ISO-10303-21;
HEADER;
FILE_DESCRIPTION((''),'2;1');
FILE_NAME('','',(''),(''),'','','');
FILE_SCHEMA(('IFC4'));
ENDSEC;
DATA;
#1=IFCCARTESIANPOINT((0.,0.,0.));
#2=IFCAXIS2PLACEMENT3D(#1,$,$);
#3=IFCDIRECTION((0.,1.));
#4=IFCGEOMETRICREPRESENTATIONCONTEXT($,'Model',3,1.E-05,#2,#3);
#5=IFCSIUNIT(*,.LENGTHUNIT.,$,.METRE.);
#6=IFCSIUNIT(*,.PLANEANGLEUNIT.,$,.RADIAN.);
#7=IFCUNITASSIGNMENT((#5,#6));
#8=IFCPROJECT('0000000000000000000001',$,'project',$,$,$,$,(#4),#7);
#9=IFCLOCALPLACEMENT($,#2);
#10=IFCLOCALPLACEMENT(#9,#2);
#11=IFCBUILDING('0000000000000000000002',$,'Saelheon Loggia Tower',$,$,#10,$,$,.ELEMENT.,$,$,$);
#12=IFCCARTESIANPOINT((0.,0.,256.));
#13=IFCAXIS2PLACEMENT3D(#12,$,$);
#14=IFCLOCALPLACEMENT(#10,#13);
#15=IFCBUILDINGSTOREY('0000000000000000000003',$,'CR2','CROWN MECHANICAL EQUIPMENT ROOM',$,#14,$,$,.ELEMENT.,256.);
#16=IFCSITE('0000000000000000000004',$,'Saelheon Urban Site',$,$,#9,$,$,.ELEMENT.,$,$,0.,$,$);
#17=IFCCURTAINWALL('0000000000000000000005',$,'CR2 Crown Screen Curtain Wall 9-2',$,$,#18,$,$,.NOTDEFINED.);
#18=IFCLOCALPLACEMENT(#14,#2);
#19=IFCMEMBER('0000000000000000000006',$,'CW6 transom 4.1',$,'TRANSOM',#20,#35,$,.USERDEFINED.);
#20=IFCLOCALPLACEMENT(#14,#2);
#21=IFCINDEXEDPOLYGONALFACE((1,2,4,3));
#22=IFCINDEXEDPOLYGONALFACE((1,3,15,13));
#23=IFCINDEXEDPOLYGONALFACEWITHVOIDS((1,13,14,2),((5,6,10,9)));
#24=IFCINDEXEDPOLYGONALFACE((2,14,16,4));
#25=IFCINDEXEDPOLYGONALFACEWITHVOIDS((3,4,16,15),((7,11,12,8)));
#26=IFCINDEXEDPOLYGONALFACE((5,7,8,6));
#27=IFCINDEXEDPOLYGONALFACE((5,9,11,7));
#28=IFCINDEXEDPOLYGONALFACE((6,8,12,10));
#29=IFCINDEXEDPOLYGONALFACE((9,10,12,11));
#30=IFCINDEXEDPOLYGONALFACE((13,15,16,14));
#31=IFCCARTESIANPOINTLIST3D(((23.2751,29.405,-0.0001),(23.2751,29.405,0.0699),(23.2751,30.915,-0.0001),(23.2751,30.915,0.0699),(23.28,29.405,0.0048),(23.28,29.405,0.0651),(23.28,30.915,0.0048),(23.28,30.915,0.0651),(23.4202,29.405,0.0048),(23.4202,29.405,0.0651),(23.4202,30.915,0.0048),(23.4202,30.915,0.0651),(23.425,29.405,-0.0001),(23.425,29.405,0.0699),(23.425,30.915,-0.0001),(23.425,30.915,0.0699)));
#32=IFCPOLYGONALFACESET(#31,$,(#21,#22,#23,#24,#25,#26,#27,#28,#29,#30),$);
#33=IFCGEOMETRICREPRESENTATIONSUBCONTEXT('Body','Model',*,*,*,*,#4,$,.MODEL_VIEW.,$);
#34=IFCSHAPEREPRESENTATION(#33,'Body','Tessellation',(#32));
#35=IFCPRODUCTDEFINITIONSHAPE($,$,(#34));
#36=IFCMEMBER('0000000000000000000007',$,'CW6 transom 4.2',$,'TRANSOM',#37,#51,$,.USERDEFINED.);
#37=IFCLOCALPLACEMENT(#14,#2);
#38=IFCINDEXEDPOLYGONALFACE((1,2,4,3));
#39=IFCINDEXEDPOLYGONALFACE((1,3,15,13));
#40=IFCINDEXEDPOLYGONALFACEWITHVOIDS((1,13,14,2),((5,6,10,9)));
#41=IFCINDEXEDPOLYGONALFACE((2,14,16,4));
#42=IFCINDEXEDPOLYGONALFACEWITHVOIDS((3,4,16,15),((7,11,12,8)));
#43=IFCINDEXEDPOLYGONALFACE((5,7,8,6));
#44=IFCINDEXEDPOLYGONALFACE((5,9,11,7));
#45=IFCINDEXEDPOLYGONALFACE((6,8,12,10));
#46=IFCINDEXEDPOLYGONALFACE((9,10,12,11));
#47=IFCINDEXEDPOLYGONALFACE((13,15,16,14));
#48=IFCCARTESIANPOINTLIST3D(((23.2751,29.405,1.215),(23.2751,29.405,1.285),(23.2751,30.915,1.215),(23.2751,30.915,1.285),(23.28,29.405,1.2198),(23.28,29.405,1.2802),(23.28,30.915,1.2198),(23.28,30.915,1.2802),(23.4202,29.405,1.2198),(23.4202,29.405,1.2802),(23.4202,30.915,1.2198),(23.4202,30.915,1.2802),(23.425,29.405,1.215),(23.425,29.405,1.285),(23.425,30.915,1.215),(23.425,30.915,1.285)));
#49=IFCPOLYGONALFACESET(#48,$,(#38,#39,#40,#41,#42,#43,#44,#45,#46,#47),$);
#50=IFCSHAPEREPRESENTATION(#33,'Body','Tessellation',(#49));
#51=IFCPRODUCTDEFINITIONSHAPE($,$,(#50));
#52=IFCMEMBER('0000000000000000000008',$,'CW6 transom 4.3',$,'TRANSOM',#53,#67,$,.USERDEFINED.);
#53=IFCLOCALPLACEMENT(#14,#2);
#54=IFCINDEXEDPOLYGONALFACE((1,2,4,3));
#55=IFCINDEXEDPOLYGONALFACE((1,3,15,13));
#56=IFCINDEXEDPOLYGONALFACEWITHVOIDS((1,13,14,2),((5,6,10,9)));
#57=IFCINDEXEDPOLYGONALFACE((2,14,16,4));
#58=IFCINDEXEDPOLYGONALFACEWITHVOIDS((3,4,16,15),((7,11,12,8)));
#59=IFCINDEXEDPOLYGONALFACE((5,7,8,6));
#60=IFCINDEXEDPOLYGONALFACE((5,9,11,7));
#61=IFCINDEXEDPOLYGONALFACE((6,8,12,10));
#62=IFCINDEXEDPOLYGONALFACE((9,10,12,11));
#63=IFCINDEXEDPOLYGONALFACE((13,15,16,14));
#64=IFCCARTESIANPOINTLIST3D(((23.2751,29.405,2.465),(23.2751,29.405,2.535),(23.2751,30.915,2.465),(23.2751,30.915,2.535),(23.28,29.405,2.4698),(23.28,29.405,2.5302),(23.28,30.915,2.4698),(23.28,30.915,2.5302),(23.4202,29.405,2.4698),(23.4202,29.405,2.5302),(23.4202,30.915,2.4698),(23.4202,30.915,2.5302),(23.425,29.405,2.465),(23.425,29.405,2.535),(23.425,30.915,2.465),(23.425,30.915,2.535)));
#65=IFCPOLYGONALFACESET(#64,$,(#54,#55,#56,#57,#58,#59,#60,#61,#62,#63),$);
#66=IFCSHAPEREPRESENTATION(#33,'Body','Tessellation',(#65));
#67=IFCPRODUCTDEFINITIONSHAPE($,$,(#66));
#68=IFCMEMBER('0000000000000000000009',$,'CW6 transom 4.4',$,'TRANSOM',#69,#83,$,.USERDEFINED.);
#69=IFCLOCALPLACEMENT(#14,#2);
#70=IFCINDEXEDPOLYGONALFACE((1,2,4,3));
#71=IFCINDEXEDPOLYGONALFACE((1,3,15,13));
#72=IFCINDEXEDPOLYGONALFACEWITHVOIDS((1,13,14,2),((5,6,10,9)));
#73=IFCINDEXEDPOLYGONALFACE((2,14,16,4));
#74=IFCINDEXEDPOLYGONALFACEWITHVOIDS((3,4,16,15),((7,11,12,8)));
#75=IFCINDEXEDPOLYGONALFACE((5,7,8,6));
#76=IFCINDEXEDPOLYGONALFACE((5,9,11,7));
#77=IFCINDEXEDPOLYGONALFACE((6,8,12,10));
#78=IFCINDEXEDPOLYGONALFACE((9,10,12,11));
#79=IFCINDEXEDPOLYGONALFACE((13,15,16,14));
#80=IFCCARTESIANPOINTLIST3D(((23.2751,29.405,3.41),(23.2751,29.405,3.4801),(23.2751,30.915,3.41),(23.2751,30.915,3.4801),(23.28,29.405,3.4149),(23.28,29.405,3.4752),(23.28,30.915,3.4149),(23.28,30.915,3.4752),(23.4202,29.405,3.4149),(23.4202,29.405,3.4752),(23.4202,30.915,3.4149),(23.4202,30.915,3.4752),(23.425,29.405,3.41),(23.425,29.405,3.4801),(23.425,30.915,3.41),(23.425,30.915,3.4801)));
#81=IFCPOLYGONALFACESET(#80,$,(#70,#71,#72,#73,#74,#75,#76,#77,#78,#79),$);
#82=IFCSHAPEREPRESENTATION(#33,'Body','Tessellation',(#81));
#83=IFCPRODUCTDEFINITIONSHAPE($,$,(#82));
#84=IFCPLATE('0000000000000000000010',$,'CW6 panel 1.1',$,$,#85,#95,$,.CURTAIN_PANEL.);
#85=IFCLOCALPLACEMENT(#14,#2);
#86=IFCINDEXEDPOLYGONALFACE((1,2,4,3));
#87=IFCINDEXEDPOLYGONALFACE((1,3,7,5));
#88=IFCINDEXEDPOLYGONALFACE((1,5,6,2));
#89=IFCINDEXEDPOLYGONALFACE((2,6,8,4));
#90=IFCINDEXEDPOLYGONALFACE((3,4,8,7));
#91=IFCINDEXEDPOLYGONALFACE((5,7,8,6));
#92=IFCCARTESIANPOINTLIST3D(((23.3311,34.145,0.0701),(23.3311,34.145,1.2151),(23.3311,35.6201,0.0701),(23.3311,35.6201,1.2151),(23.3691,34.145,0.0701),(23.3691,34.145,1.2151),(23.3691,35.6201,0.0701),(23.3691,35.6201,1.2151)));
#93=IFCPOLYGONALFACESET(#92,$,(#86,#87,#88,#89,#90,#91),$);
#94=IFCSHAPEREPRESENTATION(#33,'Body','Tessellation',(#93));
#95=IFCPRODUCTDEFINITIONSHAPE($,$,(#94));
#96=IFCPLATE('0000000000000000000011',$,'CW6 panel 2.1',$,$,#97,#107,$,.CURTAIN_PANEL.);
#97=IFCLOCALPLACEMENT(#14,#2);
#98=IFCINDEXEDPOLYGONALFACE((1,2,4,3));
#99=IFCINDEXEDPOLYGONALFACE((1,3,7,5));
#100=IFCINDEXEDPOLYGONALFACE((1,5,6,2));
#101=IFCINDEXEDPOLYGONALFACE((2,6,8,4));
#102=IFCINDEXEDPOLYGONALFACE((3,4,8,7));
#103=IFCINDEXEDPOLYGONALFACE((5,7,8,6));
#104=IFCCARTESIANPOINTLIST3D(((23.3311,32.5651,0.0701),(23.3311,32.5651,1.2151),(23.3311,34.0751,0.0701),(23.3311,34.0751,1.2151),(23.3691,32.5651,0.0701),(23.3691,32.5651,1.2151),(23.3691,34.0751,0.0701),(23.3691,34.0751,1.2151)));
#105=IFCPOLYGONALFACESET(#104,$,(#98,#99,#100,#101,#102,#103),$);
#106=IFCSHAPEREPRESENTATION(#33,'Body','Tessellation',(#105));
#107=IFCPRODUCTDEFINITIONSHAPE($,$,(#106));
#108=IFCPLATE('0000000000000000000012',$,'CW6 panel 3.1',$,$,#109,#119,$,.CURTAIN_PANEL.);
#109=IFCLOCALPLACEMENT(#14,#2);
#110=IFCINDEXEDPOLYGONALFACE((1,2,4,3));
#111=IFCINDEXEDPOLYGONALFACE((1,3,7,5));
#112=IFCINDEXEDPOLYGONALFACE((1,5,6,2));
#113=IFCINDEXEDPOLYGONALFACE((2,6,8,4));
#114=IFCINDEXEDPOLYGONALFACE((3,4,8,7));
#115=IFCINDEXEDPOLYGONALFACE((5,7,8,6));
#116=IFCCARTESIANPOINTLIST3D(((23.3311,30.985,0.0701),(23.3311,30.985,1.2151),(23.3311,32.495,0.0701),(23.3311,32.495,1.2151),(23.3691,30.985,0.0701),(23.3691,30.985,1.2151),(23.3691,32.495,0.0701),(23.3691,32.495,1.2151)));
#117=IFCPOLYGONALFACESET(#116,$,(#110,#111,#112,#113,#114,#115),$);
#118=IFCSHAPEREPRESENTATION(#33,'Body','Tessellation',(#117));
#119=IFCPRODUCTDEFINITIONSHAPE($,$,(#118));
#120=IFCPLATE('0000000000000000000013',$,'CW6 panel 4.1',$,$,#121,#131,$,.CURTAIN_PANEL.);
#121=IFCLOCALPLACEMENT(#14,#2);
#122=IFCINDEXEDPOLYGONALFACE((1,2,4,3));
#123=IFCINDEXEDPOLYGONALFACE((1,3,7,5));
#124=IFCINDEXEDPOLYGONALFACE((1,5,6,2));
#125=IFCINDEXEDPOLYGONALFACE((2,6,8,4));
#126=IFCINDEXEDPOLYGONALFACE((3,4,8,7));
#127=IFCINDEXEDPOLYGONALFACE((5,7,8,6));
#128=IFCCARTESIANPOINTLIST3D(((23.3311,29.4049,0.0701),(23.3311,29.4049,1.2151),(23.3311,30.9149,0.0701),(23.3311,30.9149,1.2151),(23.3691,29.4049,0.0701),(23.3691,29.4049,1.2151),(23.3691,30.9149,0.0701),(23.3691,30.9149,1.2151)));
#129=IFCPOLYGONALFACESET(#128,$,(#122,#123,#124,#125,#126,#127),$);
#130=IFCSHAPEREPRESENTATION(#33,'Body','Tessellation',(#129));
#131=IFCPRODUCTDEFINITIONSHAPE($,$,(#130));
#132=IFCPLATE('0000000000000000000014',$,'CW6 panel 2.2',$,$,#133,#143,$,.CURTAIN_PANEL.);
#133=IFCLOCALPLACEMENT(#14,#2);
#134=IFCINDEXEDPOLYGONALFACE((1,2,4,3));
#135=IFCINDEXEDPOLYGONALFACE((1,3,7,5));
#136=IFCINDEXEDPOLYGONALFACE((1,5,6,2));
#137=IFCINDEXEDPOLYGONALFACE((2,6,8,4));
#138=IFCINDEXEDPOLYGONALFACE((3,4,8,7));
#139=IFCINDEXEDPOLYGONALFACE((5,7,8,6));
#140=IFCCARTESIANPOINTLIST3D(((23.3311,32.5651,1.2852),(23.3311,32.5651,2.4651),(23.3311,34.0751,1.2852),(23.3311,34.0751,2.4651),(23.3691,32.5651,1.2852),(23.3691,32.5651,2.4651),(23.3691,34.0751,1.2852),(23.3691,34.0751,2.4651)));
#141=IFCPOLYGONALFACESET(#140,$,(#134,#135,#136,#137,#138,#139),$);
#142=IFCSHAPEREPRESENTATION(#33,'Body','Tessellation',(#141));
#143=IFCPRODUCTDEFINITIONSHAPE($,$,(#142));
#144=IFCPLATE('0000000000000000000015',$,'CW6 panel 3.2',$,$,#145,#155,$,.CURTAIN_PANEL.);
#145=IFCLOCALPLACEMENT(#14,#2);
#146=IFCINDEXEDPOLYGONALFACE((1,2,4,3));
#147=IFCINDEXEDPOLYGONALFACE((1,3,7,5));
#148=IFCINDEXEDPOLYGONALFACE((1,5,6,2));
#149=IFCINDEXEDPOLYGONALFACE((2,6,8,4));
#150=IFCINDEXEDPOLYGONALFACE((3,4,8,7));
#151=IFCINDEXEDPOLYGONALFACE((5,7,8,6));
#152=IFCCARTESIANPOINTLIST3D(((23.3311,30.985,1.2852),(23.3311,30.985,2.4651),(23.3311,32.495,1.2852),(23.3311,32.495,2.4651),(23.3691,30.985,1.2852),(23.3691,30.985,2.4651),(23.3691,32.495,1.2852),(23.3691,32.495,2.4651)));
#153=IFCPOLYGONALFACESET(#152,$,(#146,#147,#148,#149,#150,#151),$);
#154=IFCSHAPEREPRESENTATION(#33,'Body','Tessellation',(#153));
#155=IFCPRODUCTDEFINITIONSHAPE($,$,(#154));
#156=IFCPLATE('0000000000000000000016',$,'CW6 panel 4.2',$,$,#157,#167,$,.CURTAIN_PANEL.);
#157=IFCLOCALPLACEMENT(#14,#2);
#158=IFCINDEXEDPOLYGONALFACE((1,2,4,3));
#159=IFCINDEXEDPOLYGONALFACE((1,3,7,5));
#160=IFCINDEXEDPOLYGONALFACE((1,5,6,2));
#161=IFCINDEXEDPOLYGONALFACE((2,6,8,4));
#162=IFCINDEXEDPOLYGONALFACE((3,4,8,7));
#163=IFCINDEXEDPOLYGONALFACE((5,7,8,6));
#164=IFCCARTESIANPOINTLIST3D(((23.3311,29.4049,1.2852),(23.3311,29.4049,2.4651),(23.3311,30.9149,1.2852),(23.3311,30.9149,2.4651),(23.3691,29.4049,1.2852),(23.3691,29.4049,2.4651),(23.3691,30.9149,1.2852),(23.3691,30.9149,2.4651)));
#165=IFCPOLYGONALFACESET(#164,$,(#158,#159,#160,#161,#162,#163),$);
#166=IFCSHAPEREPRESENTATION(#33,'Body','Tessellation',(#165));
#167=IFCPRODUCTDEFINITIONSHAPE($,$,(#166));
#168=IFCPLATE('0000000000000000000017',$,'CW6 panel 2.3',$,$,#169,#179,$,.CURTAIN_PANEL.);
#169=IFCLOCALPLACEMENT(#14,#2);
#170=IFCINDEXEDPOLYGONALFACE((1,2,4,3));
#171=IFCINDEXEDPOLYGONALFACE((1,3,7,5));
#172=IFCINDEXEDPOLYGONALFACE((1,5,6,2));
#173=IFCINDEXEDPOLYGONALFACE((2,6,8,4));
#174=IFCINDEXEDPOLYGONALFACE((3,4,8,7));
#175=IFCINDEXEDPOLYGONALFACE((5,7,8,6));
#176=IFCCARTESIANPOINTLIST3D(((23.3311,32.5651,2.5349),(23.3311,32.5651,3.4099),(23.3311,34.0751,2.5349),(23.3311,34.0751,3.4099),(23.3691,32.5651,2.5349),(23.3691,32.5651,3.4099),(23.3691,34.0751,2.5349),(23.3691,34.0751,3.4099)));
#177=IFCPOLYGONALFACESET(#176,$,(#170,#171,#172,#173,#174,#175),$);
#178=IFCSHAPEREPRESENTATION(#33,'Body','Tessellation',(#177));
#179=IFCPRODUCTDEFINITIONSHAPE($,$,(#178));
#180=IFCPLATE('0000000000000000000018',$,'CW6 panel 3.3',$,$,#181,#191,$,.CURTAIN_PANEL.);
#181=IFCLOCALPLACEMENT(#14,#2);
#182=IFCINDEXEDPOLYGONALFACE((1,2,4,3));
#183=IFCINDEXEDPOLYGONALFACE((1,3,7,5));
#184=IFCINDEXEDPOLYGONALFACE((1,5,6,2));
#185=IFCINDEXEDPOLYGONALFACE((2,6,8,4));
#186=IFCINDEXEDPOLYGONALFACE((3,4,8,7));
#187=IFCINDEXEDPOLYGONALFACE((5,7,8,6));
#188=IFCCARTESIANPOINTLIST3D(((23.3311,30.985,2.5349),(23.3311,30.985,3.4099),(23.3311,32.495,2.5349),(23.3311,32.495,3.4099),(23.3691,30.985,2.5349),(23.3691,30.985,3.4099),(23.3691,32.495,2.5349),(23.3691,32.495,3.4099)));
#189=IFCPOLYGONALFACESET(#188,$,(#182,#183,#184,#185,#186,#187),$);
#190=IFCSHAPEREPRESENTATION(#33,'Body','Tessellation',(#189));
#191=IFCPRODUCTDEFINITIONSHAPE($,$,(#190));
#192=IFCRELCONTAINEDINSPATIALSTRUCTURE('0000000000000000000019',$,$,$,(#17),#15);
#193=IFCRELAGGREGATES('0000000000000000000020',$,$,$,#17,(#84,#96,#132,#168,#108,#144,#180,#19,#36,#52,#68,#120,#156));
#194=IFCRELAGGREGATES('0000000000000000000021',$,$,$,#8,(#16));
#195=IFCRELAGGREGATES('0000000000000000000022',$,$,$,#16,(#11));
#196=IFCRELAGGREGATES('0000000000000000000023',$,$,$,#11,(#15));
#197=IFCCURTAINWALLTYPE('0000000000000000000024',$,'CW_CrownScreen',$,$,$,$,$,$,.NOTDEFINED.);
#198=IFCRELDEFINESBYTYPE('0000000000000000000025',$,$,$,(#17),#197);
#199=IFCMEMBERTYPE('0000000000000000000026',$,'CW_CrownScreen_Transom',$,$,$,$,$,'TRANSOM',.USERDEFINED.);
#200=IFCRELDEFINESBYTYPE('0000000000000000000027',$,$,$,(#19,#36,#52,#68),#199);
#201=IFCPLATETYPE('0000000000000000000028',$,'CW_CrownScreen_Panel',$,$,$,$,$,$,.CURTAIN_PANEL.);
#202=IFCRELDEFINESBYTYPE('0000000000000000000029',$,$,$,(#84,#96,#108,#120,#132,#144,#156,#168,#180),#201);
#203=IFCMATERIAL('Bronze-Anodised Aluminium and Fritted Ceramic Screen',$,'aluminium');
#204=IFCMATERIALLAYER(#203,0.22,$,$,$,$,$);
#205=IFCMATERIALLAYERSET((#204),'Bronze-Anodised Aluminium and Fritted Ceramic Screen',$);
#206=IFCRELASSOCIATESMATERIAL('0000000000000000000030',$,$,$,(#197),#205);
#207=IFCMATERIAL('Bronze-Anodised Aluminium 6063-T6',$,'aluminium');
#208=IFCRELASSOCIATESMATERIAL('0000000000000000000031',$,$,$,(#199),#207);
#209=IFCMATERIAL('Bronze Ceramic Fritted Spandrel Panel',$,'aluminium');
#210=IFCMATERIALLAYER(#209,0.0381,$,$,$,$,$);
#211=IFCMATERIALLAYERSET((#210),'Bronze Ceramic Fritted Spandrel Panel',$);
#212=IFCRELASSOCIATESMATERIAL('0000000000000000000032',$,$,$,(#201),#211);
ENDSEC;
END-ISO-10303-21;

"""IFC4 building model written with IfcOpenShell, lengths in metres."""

from ifc_helpers import new_model, si_unit, direction, frame, origin, origin_2d, place, context, subcontext, project, spatial, rectangle, hollow_rectangle, extrude, source, transform, mapped, material, layer, layer_set, material_profile, profile_set, type_object, element, aggregate, save


model = new_model("IFC4")

# Units and contexts
model_context = context("Model", 3, precision=1e-05, world=origin(), true_north=direction((0.0, 1.0)))
body_context = subcontext(model_context, "Body", "Model", "MODEL_VIEW")
ifc_project = project(units=[si_unit("LENGTHUNIT", "METRE"), si_unit("PLANEANGLEUNIT", "RADIAN")], contexts=[model_context])

# Site, building, storey
site_placement = place(None, origin())
site = spatial("IfcSite", under=ifc_project, at=site_placement, Name="Saelheon Urban Site", CompositionType="ELEMENT", RefElevation=0.0)
building_placement = place(site_placement, origin())
building = spatial("IfcBuilding", under=site, at=building_placement, Name="Saelheon Loggia Tower", CompositionType="ELEMENT")
storey_placement = place(building_placement, frame((0.0, 0.0, 256.0)))
storey = spatial("IfcBuildingStorey", under=building, at=storey_placement, Name="CR2", Description="CROWN MECHANICAL EQUIPMENT ROOM", CompositionType="ELEMENT", Elevation=256.0)

# Curtain wall, members, plates
ifc_material_1 = material(Name="Bronze-Anodised Aluminium and Fritted Ceramic Screen", Category="aluminium")
ifc_layer_1 = layer(ifc_material_1, 0.22)
ifc_layer_set_1 = layer_set([ifc_layer_1], Name="Bronze-Anodised Aluminium and Fritted Ceramic Screen")
curtain_wall_type = type_object("IfcCurtainWallType", Name="CW_CrownScreen", PredefinedType="NOTDEFINED", material=ifc_layer_set_1)
curtain_wall_placement = place(storey_placement, origin())
curtain_wall = element("IfcCurtainWall", 1, at=curtain_wall_placement, inside=storey, type_object=curtain_wall_type, Name="CR2 Crown Screen Curtain Wall 9-2", PredefinedType="NOTDEFINED")
ifc_material_2 = material(Name="Bronze-Anodised Aluminium 6063-T6", Category="aluminium")
ifc_material_profile_1 = material_profile(ifc_material_2, hollow_rectangle(XDim=0.0701, YDim=0.1499, WallThickness=0.0049, at=origin_2d()), Name="RHS-150x70x5")
ifc_profile_set_1 = profile_set([ifc_material_profile_1], Name="Bronze-Anodised Aluminium 6063-T6")
member_type_1 = type_object("IfcMemberType", Name="CW_CrownScreen_Transom", ElementType="TRANSOM", PredefinedType="USERDEFINED", material=ifc_profile_set_1)
shared_shape_1 = source(origin(), body_context, "Body", "SweptSolid", [
    extrude(hollow_rectangle(XDim=0.0701, YDim=0.1499, WallThickness=0.0049, at=origin_2d()), origin(), (0.0, 0.0, 1.0), 1.51),
])
member_1_placement = place(storey_placement, frame((23.3501, 30.915, 0.0349), z_axis=(0.0, -1.0, 0.0), x_axis=(0.0, 0.0, 1.0)))
member_1 = element("IfcMember", 2, at=member_1_placement, type_object=member_type_1, Name="CW6 transom 4.1", ObjectType="TRANSOM", PredefinedType="USERDEFINED", context=body_context, shape_type="MappedRepresentation", body=[
    mapped(shared_shape_1, transform((0.0, 0.0, 0.0), scale=1.0)),
])
member_2_placement = place(storey_placement, frame((23.3501, 30.915, 1.25), z_axis=(0.0, -1.0, 0.0), x_axis=(0.0, 0.0, 1.0)))
member_2 = element("IfcMember", 3, at=member_2_placement, type_object=member_type_1, Name="CW6 transom 4.2", ObjectType="TRANSOM", PredefinedType="USERDEFINED", context=body_context, shape_type="MappedRepresentation", body=[
    mapped(shared_shape_1, transform((0.0, 0.0, 0.0), scale=1.0)),
])
member_3_placement = place(storey_placement, frame((23.3501, 30.915, 2.5), z_axis=(0.0, -1.0, 0.0), x_axis=(0.0, 0.0, 1.0)))
member_3 = element("IfcMember", 4, at=member_3_placement, type_object=member_type_1, Name="CW6 transom 4.3", ObjectType="TRANSOM", PredefinedType="USERDEFINED", context=body_context, shape_type="MappedRepresentation", body=[
    mapped(shared_shape_1, transform((0.0, 0.0, 0.0), scale=1.0)),
])
member_4_placement = place(storey_placement, frame((23.3501, 30.915, 3.4451), z_axis=(0.0, -1.0, 0.0), x_axis=(0.0, 0.0, 1.0)))
member_4 = element("IfcMember", 5, at=member_4_placement, type_object=member_type_1, Name="CW6 transom 4.4", ObjectType="TRANSOM", PredefinedType="USERDEFINED", context=body_context, shape_type="MappedRepresentation", body=[
    mapped(shared_shape_1, transform((0.0, 0.0, 0.0), scale=1.0)),
])
ifc_material_3 = material(Name="Bronze Ceramic Fritted Spandrel Panel", Category="aluminium")
ifc_layer_2 = layer(ifc_material_3, 0.0381)
ifc_layer_set_2 = layer_set([ifc_layer_2], Name="Bronze Ceramic Fritted Spandrel Panel")
plate_type = type_object("IfcPlateType", Name="CW_CrownScreen_Panel", PredefinedType="CURTAIN_PANEL", material=ifc_layer_set_2)
shared_shape_2 = source(origin(), body_context, "Body", "SweptSolid", [
    extrude(rectangle(XDim=1.4751, YDim=0.0381, at=origin_2d()), origin(), (0.0, 0.0, 1.0), 1.145),
])
plate_1_placement = place(storey_placement, frame((23.3501, 34.8826, 0.0701), z_axis=(0.0, 0.0, 1.0), x_axis=(0.0, -1.0, 0.0)))
plate_1 = element("IfcPlate", 6, at=plate_1_placement, type_object=plate_type, Name="CW6 panel 1.1", PredefinedType="CURTAIN_PANEL", context=body_context, shape_type="MappedRepresentation", body=[
    mapped(shared_shape_2, transform((0.0, 0.0, 0.0), scale=1.0)),
])
shared_shape_3 = source(origin(), body_context, "Body", "SweptSolid", [
    extrude(rectangle(XDim=1.51, YDim=0.0381, at=origin_2d()), origin(), (0.0, 0.0, 1.0), 1.145),
])
plate_2_placement = place(storey_placement, frame((23.3501, 33.3201, 0.0701), z_axis=(0.0, 0.0, 1.0), x_axis=(0.0, -1.0, 0.0)))
plate_2 = element("IfcPlate", 7, at=plate_2_placement, type_object=plate_type, Name="CW6 panel 2.1", PredefinedType="CURTAIN_PANEL", context=body_context, shape_type="MappedRepresentation", body=[
    mapped(shared_shape_3, transform((0.0, 0.0, 0.0), scale=1.0)),
])
plate_3_placement = place(storey_placement, frame((23.3501, 31.74, 0.0701), z_axis=(0.0, 0.0, 1.0), x_axis=(0.0, -1.0, 0.0)))
plate_3 = element("IfcPlate", 8, at=plate_3_placement, type_object=plate_type, Name="CW6 panel 3.1", PredefinedType="CURTAIN_PANEL", context=body_context, shape_type="MappedRepresentation", body=[
    mapped(shared_shape_3, transform((0.0, 0.0, 0.0), scale=1.0)),
])
plate_4_placement = place(storey_placement, frame((23.3501, 30.1599, 0.0701), z_axis=(0.0, 0.0, 1.0), x_axis=(0.0, -1.0, 0.0)))
plate_4 = element("IfcPlate", 9, at=plate_4_placement, type_object=plate_type, Name="CW6 panel 4.1", PredefinedType="CURTAIN_PANEL", context=body_context, shape_type="MappedRepresentation", body=[
    mapped(shared_shape_3, transform((0.0, 0.0, 0.0), scale=1.0)),
])
shared_shape_4 = source(origin(), body_context, "Body", "SweptSolid", [
    extrude(rectangle(XDim=1.51, YDim=0.0381, at=origin_2d()), origin(), (0.0, 0.0, 1.0), 1.1799),
])
plate_5_placement = place(storey_placement, frame((23.3501, 33.3201, 1.2852), z_axis=(0.0, 0.0, 1.0), x_axis=(0.0, -1.0, 0.0)))
plate_5 = element("IfcPlate", 10, at=plate_5_placement, type_object=plate_type, Name="CW6 panel 2.2", PredefinedType="CURTAIN_PANEL", context=body_context, shape_type="MappedRepresentation", body=[
    mapped(shared_shape_4, transform((0.0, 0.0, 0.0), scale=1.0)),
])
plate_6_placement = place(storey_placement, frame((23.3501, 31.74, 1.2852), z_axis=(0.0, 0.0, 1.0), x_axis=(0.0, -1.0, 0.0)))
plate_6 = element("IfcPlate", 11, at=plate_6_placement, type_object=plate_type, Name="CW6 panel 3.2", PredefinedType="CURTAIN_PANEL", context=body_context, shape_type="MappedRepresentation", body=[
    mapped(shared_shape_4, transform((0.0, 0.0, 0.0), scale=1.0)),
])
plate_7_placement = place(storey_placement, frame((23.3501, 30.1599, 1.2852), z_axis=(0.0, 0.0, 1.0), x_axis=(0.0, -1.0, 0.0)))
plate_7 = element("IfcPlate", 12, at=plate_7_placement, type_object=plate_type, Name="CW6 panel 4.2", PredefinedType="CURTAIN_PANEL", context=body_context, shape_type="MappedRepresentation", body=[
    mapped(shared_shape_4, transform((0.0, 0.0, 0.0), scale=1.0)),
])
shared_shape_5 = source(origin(), body_context, "Body", "SweptSolid", [
    extrude(rectangle(XDim=1.51, YDim=0.0381, at=origin_2d()), origin(), (0.0, 0.0, 1.0), 0.875),
])
plate_8_placement = place(storey_placement, frame((23.3501, 33.3201, 2.5349), z_axis=(0.0, 0.0, 1.0), x_axis=(0.0, -1.0, 0.0)))
plate_8 = element("IfcPlate", 13, at=plate_8_placement, type_object=plate_type, Name="CW6 panel 2.3", PredefinedType="CURTAIN_PANEL", context=body_context, shape_type="MappedRepresentation", body=[
    mapped(shared_shape_5, transform((0.0, 0.0, 0.0), scale=1.0)),
])
plate_9_placement = place(storey_placement, frame((23.3501, 31.74, 2.5349), z_axis=(0.0, 0.0, 1.0), x_axis=(0.0, -1.0, 0.0)))
plate_9 = element("IfcPlate", 14, at=plate_9_placement, type_object=plate_type, Name="CW6 panel 3.3", PredefinedType="CURTAIN_PANEL", context=body_context, shape_type="MappedRepresentation", body=[
    mapped(shared_shape_5, transform((0.0, 0.0, 0.0), scale=1.0)),
])
aggregate(curtain_wall, [plate_1, plate_2, plate_5, plate_8, plate_3, plate_6, plate_9, member_1, member_2, member_3, member_4, plate_4, plate_7])

save(model, "model.ifc")
